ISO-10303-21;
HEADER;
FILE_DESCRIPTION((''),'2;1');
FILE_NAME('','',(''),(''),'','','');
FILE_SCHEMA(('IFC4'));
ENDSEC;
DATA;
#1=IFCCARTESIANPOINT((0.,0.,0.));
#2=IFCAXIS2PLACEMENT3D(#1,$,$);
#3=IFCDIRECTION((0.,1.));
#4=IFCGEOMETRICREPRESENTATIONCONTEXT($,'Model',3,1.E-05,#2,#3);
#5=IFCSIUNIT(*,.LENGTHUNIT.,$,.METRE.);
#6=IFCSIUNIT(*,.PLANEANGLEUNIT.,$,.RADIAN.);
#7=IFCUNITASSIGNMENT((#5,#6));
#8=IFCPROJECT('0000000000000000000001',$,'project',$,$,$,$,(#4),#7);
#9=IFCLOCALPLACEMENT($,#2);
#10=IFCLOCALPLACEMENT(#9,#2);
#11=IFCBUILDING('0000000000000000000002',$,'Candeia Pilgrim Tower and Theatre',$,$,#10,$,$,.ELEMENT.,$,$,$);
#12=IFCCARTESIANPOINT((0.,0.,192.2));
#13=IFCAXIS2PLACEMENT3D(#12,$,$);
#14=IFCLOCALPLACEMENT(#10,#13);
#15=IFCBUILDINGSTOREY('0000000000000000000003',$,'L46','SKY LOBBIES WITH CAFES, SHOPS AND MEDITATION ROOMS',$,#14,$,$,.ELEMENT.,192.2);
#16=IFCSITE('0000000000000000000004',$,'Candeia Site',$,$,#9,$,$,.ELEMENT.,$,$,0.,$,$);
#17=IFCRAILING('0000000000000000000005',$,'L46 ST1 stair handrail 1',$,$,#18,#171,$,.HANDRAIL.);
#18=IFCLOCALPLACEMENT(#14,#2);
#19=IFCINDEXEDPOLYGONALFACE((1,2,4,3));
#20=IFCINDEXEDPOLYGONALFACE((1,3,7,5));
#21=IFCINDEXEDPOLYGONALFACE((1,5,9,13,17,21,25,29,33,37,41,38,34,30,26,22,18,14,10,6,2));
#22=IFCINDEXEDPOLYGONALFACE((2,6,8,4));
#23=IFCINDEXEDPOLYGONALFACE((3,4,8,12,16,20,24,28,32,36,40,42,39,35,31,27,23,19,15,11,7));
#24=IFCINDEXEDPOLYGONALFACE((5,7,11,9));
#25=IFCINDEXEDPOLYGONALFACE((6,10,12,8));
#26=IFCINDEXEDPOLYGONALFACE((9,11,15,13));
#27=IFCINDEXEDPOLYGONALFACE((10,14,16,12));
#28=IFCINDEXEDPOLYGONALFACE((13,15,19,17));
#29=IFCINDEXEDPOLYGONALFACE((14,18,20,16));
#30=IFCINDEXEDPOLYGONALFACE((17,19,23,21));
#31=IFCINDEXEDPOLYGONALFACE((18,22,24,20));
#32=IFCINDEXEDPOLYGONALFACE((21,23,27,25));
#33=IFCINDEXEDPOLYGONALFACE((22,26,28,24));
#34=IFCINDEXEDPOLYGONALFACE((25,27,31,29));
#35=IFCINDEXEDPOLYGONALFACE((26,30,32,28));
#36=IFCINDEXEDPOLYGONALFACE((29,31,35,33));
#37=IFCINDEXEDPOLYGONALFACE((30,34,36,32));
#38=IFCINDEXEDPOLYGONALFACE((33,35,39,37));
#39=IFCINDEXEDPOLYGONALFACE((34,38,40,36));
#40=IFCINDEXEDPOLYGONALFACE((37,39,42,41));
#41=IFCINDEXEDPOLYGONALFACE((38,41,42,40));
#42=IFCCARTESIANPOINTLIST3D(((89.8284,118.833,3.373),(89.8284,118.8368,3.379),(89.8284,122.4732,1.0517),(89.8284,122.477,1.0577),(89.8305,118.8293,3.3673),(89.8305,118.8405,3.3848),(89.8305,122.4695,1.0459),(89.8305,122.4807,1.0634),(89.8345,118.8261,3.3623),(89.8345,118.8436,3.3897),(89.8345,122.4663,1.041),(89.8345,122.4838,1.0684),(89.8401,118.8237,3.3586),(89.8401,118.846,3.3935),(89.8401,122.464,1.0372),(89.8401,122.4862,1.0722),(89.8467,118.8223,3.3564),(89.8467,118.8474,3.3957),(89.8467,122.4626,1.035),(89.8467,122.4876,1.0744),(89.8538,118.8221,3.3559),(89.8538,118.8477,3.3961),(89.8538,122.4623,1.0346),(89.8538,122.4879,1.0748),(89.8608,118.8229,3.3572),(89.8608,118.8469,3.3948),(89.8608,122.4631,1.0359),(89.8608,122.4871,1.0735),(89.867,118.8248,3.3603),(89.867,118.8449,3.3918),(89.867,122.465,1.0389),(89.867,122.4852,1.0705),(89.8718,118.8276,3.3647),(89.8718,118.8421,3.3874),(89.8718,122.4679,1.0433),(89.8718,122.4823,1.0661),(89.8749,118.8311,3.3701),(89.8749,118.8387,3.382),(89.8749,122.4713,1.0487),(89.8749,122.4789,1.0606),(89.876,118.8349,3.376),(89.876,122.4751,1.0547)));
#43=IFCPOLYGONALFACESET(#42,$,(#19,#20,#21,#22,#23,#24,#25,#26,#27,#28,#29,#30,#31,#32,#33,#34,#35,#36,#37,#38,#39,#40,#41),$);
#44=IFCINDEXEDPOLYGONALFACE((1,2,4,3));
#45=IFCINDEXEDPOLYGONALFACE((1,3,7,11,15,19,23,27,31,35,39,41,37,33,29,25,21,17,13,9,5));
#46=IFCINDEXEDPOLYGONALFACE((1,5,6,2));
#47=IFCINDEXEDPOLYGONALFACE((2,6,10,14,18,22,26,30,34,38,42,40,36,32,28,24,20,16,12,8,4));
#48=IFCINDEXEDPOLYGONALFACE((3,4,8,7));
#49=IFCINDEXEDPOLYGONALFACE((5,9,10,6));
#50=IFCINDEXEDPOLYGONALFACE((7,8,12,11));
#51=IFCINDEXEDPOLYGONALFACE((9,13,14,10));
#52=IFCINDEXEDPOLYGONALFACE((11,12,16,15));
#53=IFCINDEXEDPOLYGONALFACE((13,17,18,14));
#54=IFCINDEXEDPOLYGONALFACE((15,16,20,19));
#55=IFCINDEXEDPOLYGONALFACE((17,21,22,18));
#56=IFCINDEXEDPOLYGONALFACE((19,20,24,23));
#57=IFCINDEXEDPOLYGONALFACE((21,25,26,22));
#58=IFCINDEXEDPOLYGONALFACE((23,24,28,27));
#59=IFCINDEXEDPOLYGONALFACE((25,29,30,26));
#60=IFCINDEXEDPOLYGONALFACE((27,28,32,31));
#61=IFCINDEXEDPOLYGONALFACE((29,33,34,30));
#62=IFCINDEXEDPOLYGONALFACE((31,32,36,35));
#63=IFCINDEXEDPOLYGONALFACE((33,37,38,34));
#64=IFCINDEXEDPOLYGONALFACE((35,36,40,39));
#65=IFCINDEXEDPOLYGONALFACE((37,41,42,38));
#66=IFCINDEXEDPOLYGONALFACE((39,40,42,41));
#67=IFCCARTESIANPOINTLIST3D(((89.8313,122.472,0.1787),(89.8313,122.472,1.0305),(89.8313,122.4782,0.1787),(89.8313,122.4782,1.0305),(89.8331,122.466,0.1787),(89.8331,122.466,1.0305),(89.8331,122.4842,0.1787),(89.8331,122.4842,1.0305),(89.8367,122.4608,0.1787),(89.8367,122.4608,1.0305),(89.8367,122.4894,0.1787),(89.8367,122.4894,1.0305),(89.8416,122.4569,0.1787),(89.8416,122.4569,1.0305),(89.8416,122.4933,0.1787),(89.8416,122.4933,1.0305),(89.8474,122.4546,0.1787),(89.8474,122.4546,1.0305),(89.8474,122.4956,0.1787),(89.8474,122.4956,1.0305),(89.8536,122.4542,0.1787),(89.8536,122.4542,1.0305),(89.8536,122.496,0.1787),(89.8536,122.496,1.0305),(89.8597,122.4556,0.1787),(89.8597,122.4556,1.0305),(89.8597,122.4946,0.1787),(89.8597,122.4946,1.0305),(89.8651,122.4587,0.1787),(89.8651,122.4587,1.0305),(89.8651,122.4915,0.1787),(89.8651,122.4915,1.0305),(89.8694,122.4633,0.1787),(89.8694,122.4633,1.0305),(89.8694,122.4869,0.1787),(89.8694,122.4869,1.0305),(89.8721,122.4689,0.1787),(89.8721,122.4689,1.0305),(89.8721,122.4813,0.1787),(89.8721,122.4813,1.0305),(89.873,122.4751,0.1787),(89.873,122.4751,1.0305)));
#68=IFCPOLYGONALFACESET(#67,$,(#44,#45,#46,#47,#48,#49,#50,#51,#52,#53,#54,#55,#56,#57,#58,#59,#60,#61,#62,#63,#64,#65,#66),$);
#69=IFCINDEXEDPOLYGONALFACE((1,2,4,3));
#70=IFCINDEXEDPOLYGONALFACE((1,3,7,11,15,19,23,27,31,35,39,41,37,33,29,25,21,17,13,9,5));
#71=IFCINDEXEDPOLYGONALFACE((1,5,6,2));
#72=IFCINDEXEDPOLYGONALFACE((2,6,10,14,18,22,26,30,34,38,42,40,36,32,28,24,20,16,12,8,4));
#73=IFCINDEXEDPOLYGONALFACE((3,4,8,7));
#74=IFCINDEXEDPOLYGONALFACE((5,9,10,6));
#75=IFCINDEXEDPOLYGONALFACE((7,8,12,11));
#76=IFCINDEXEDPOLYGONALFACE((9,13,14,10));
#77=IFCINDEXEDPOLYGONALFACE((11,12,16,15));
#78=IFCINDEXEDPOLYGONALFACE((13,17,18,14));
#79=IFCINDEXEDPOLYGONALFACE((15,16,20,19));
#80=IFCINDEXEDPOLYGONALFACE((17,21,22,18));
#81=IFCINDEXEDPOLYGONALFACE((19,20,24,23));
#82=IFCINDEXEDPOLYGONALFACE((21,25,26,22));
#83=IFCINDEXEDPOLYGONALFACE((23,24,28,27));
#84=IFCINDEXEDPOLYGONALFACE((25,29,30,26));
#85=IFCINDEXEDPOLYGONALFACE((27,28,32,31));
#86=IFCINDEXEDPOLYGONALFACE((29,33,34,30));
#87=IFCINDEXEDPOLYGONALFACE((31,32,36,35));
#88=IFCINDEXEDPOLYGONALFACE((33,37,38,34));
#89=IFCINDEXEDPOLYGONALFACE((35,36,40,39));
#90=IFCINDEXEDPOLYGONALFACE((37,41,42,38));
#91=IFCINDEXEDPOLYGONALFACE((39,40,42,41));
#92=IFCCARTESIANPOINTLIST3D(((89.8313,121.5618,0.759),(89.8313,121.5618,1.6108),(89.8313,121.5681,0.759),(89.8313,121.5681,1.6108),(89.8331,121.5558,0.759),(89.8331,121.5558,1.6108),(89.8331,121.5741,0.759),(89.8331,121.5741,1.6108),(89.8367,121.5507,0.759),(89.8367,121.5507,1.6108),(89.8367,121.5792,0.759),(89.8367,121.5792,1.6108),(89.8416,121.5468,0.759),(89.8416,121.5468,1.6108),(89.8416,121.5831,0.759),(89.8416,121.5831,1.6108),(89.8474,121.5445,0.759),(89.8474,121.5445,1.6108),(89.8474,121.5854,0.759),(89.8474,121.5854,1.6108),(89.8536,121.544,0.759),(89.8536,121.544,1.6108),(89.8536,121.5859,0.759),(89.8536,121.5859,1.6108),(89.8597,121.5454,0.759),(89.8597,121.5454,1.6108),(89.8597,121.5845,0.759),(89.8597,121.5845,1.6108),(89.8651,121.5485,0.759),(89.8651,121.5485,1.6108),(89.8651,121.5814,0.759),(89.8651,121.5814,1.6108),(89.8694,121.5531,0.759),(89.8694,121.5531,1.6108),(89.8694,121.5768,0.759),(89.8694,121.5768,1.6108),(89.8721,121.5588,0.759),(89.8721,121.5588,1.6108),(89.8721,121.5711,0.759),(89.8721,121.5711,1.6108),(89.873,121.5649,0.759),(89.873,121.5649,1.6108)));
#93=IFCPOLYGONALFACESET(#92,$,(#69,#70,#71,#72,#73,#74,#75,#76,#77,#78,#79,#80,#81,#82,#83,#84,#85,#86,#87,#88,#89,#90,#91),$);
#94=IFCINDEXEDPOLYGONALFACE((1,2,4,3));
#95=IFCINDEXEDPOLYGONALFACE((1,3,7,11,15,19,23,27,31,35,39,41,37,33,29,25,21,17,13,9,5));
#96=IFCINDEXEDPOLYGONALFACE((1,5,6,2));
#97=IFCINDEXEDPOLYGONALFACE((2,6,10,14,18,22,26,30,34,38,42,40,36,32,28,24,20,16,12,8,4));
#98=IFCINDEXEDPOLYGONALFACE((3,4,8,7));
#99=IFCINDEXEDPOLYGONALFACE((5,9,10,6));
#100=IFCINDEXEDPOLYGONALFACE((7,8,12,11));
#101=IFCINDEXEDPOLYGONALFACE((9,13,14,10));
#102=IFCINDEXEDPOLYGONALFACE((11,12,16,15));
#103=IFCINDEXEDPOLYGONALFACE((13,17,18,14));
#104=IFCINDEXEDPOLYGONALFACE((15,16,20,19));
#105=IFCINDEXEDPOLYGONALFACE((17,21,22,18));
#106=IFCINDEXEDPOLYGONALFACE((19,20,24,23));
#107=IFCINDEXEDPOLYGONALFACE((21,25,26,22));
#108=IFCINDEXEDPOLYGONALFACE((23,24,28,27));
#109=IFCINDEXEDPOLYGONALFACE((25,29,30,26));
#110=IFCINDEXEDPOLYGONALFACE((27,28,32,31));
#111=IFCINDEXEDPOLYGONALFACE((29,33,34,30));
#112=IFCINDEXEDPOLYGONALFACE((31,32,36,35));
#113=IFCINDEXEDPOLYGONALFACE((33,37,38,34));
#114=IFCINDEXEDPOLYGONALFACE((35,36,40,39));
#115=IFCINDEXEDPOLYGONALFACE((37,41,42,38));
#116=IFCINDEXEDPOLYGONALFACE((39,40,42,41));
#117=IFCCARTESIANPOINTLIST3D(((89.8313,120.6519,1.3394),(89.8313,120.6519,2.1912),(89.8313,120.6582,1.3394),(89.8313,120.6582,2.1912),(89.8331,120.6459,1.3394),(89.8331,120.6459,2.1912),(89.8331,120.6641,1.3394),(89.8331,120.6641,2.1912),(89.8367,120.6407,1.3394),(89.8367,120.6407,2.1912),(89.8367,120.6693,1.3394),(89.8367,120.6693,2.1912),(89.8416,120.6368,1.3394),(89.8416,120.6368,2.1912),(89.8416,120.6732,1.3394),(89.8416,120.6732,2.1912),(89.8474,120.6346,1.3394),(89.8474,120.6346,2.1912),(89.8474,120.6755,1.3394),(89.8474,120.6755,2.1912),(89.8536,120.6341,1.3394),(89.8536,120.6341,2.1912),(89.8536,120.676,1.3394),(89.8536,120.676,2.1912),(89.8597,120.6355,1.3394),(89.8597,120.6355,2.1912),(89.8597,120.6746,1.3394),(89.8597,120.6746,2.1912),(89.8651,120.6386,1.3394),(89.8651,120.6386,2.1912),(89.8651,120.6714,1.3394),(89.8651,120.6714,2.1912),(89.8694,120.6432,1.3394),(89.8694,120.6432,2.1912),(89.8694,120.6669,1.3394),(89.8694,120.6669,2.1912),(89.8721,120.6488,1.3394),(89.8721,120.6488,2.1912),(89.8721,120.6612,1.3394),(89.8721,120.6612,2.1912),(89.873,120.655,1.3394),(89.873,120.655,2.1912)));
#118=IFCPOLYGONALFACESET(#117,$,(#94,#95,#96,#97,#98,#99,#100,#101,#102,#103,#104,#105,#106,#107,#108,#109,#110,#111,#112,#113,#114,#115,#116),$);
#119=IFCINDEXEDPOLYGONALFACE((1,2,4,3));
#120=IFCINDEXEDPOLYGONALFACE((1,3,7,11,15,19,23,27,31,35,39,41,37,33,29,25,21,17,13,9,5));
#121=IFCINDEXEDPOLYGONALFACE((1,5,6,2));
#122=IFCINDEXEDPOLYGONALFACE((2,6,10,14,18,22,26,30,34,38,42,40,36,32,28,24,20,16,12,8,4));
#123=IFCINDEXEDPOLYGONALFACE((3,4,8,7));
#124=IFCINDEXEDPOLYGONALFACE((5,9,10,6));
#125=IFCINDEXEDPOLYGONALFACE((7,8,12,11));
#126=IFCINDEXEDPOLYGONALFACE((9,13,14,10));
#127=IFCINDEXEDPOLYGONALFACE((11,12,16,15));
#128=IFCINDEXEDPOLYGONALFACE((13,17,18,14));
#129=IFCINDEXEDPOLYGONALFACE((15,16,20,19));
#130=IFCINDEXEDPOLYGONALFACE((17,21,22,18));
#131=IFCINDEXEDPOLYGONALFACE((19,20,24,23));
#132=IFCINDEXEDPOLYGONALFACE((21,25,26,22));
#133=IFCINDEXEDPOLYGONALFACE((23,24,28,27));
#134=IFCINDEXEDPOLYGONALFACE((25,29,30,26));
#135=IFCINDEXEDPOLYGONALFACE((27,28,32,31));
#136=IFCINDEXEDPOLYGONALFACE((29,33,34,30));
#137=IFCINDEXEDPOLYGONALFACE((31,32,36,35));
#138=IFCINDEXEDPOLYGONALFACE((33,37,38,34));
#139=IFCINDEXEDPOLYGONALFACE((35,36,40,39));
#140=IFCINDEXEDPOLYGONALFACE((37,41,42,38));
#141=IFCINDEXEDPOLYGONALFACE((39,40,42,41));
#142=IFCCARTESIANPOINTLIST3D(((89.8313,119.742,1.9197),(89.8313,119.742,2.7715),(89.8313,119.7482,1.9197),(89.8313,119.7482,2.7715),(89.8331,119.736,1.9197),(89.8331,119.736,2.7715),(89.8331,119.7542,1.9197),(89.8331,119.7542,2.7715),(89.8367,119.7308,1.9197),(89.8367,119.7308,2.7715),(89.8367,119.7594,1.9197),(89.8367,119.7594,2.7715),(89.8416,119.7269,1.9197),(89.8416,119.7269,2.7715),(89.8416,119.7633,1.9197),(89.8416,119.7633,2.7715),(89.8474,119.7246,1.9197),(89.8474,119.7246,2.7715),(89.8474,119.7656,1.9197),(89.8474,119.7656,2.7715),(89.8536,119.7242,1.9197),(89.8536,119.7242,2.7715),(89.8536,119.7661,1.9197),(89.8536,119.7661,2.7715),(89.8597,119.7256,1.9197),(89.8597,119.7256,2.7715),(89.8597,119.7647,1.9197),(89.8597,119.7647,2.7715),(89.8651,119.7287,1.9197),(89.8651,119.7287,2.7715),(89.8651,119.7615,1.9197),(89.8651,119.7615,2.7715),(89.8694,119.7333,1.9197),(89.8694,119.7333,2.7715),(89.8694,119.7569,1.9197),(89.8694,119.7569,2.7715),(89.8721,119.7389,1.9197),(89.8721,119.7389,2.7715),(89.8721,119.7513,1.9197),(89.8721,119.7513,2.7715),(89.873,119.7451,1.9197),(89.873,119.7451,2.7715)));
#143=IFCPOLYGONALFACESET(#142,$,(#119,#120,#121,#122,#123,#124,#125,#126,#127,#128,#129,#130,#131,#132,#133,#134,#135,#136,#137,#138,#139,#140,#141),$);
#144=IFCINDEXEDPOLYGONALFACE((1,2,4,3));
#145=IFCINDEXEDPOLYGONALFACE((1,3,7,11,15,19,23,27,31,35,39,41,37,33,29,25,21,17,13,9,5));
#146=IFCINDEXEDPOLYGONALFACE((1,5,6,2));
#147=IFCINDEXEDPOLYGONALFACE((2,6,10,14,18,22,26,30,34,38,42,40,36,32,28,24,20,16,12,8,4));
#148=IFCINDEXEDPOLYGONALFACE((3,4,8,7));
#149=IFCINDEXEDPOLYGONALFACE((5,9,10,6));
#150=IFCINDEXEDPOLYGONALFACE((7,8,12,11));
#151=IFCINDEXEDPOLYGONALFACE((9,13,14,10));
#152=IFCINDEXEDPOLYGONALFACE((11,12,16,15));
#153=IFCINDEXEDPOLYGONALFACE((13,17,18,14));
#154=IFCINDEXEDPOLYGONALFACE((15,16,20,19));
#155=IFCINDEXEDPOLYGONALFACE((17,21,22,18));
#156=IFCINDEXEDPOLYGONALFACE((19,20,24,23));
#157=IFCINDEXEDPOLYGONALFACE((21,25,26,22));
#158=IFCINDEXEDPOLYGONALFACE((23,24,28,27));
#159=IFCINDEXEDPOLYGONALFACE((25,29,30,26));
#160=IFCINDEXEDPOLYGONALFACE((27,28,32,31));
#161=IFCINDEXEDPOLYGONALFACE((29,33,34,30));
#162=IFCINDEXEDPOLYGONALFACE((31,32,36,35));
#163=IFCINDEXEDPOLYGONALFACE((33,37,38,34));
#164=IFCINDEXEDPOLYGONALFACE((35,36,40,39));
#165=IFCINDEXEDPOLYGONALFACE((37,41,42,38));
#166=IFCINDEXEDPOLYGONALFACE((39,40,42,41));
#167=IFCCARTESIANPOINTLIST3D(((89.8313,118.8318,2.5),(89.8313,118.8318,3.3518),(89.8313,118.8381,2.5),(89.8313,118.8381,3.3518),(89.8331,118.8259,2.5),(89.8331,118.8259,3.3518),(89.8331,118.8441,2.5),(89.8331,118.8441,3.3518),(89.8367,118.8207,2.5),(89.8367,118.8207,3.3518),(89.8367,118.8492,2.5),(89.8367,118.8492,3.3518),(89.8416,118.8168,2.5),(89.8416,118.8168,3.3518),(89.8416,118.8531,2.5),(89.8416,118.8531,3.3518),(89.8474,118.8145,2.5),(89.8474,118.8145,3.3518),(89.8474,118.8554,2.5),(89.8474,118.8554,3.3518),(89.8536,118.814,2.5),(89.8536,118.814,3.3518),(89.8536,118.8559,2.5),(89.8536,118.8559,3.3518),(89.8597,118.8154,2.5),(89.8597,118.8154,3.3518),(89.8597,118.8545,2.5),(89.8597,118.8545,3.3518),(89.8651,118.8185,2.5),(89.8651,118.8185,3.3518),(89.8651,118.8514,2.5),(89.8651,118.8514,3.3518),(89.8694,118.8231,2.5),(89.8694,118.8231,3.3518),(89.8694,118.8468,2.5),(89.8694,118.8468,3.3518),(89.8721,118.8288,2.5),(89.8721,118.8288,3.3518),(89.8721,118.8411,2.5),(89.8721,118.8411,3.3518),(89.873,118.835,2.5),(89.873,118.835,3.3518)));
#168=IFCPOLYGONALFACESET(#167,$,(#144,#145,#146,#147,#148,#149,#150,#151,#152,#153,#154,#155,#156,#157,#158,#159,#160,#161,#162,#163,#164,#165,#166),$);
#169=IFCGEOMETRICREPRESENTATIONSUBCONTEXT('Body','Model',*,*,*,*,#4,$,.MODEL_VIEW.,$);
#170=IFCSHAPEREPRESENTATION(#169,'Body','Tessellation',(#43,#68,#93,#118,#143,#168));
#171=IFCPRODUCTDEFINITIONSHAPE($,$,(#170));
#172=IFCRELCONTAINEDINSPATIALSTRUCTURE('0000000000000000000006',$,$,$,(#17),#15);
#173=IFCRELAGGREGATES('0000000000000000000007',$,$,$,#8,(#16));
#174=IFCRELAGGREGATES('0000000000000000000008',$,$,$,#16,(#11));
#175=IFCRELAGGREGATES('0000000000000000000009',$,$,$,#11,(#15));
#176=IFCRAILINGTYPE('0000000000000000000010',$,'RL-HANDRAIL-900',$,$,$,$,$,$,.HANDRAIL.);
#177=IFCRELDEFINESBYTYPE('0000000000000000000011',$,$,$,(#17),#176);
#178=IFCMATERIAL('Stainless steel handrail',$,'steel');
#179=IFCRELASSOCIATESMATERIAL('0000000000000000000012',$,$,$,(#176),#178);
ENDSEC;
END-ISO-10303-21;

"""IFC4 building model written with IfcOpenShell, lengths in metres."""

from ifc_helpers import new_model, si_unit, direction, frame, origin, origin_2d, place, context, subcontext, project, spatial, circle, extrude, material, type_object, element, save


model = new_model("IFC4")

# Units and contexts
model_context = context("Model", 3, precision=1e-05, world=origin(), true_north=direction((0.0, 1.0)))
body_context = subcontext(model_context, "Body", "Model", "MODEL_VIEW")
ifc_project = project(units=[si_unit("LENGTHUNIT", "METRE"), si_unit("PLANEANGLEUNIT", "RADIAN")], contexts=[model_context])

# Site, building, storey
site_placement = place(None, origin())
site = spatial("IfcSite", under=ifc_project, at=site_placement, Name="Candeia Site", CompositionType="ELEMENT", RefElevation=0.0)
building_placement = place(site_placement, origin())
building = spatial("IfcBuilding", under=site, at=building_placement, Name="Candeia Pilgrim Tower and Theatre", CompositionType="ELEMENT")
storey_placement = place(building_placement, frame((0.0, 0.0, 192.2)))
storey = spatial("IfcBuildingStorey", under=building, at=storey_placement, Name="L46", Description="SKY LOBBIES WITH CAFES, SHOPS AND MEDITATION ROOMS", CompositionType="ELEMENT", Elevation=192.2)

# Railing
ifc_material_1 = material(Name="Stainless steel handrail", Category="steel")
railing_type_1 = type_object("IfcRailingType", Name="RL-HANDRAIL-900", PredefinedType="HANDRAIL", material=ifc_material_1)
for number, where, name in (
    (1, (89.8521, 122.4751, 0.1787), "L46 ST1 stair handrail 1"),
):
    element("IfcRailing", number, at=place(storey_placement, frame(where)), inside=storey, type_object=railing_type_1, Name=name, PredefinedType="HANDRAIL", context=body_context, shape_type="SweptSolid", body=[
        extrude(circle(Radius=0.0239, at=origin_2d()), frame((0.0, 0.0, 0.876), z_axis=(0.0, -0.843153, 0.537673), x_axis=(1.0, 0.0, 0.0)), (0.0, 0.0, 1.0), 4.3174),
        extrude(circle(Radius=0.021, at=origin_2d()), origin(), (0.0, 0.0, 1.0), 0.8518),
        extrude(circle(Radius=0.021, at=origin_2d()), frame((0.0, -0.9102, 0.5803)), (0.0, 0.0, 1.0), 0.8518),
        extrude(circle(Radius=0.021, at=origin_2d()), frame((0.0, -1.8201, 1.1606)), (0.0, 0.0, 1.0), 0.8518),
        extrude(circle(Radius=0.021, at=origin_2d()), frame((0.0, -2.73, 1.741)), (0.0, 0.0, 1.0), 0.8518),
        extrude(circle(Radius=0.021, at=origin_2d()), frame((0.0, -3.6401, 2.3213)), (0.0, 0.0, 1.0), 0.8518),
    ])

save(model, "model.ifc")
